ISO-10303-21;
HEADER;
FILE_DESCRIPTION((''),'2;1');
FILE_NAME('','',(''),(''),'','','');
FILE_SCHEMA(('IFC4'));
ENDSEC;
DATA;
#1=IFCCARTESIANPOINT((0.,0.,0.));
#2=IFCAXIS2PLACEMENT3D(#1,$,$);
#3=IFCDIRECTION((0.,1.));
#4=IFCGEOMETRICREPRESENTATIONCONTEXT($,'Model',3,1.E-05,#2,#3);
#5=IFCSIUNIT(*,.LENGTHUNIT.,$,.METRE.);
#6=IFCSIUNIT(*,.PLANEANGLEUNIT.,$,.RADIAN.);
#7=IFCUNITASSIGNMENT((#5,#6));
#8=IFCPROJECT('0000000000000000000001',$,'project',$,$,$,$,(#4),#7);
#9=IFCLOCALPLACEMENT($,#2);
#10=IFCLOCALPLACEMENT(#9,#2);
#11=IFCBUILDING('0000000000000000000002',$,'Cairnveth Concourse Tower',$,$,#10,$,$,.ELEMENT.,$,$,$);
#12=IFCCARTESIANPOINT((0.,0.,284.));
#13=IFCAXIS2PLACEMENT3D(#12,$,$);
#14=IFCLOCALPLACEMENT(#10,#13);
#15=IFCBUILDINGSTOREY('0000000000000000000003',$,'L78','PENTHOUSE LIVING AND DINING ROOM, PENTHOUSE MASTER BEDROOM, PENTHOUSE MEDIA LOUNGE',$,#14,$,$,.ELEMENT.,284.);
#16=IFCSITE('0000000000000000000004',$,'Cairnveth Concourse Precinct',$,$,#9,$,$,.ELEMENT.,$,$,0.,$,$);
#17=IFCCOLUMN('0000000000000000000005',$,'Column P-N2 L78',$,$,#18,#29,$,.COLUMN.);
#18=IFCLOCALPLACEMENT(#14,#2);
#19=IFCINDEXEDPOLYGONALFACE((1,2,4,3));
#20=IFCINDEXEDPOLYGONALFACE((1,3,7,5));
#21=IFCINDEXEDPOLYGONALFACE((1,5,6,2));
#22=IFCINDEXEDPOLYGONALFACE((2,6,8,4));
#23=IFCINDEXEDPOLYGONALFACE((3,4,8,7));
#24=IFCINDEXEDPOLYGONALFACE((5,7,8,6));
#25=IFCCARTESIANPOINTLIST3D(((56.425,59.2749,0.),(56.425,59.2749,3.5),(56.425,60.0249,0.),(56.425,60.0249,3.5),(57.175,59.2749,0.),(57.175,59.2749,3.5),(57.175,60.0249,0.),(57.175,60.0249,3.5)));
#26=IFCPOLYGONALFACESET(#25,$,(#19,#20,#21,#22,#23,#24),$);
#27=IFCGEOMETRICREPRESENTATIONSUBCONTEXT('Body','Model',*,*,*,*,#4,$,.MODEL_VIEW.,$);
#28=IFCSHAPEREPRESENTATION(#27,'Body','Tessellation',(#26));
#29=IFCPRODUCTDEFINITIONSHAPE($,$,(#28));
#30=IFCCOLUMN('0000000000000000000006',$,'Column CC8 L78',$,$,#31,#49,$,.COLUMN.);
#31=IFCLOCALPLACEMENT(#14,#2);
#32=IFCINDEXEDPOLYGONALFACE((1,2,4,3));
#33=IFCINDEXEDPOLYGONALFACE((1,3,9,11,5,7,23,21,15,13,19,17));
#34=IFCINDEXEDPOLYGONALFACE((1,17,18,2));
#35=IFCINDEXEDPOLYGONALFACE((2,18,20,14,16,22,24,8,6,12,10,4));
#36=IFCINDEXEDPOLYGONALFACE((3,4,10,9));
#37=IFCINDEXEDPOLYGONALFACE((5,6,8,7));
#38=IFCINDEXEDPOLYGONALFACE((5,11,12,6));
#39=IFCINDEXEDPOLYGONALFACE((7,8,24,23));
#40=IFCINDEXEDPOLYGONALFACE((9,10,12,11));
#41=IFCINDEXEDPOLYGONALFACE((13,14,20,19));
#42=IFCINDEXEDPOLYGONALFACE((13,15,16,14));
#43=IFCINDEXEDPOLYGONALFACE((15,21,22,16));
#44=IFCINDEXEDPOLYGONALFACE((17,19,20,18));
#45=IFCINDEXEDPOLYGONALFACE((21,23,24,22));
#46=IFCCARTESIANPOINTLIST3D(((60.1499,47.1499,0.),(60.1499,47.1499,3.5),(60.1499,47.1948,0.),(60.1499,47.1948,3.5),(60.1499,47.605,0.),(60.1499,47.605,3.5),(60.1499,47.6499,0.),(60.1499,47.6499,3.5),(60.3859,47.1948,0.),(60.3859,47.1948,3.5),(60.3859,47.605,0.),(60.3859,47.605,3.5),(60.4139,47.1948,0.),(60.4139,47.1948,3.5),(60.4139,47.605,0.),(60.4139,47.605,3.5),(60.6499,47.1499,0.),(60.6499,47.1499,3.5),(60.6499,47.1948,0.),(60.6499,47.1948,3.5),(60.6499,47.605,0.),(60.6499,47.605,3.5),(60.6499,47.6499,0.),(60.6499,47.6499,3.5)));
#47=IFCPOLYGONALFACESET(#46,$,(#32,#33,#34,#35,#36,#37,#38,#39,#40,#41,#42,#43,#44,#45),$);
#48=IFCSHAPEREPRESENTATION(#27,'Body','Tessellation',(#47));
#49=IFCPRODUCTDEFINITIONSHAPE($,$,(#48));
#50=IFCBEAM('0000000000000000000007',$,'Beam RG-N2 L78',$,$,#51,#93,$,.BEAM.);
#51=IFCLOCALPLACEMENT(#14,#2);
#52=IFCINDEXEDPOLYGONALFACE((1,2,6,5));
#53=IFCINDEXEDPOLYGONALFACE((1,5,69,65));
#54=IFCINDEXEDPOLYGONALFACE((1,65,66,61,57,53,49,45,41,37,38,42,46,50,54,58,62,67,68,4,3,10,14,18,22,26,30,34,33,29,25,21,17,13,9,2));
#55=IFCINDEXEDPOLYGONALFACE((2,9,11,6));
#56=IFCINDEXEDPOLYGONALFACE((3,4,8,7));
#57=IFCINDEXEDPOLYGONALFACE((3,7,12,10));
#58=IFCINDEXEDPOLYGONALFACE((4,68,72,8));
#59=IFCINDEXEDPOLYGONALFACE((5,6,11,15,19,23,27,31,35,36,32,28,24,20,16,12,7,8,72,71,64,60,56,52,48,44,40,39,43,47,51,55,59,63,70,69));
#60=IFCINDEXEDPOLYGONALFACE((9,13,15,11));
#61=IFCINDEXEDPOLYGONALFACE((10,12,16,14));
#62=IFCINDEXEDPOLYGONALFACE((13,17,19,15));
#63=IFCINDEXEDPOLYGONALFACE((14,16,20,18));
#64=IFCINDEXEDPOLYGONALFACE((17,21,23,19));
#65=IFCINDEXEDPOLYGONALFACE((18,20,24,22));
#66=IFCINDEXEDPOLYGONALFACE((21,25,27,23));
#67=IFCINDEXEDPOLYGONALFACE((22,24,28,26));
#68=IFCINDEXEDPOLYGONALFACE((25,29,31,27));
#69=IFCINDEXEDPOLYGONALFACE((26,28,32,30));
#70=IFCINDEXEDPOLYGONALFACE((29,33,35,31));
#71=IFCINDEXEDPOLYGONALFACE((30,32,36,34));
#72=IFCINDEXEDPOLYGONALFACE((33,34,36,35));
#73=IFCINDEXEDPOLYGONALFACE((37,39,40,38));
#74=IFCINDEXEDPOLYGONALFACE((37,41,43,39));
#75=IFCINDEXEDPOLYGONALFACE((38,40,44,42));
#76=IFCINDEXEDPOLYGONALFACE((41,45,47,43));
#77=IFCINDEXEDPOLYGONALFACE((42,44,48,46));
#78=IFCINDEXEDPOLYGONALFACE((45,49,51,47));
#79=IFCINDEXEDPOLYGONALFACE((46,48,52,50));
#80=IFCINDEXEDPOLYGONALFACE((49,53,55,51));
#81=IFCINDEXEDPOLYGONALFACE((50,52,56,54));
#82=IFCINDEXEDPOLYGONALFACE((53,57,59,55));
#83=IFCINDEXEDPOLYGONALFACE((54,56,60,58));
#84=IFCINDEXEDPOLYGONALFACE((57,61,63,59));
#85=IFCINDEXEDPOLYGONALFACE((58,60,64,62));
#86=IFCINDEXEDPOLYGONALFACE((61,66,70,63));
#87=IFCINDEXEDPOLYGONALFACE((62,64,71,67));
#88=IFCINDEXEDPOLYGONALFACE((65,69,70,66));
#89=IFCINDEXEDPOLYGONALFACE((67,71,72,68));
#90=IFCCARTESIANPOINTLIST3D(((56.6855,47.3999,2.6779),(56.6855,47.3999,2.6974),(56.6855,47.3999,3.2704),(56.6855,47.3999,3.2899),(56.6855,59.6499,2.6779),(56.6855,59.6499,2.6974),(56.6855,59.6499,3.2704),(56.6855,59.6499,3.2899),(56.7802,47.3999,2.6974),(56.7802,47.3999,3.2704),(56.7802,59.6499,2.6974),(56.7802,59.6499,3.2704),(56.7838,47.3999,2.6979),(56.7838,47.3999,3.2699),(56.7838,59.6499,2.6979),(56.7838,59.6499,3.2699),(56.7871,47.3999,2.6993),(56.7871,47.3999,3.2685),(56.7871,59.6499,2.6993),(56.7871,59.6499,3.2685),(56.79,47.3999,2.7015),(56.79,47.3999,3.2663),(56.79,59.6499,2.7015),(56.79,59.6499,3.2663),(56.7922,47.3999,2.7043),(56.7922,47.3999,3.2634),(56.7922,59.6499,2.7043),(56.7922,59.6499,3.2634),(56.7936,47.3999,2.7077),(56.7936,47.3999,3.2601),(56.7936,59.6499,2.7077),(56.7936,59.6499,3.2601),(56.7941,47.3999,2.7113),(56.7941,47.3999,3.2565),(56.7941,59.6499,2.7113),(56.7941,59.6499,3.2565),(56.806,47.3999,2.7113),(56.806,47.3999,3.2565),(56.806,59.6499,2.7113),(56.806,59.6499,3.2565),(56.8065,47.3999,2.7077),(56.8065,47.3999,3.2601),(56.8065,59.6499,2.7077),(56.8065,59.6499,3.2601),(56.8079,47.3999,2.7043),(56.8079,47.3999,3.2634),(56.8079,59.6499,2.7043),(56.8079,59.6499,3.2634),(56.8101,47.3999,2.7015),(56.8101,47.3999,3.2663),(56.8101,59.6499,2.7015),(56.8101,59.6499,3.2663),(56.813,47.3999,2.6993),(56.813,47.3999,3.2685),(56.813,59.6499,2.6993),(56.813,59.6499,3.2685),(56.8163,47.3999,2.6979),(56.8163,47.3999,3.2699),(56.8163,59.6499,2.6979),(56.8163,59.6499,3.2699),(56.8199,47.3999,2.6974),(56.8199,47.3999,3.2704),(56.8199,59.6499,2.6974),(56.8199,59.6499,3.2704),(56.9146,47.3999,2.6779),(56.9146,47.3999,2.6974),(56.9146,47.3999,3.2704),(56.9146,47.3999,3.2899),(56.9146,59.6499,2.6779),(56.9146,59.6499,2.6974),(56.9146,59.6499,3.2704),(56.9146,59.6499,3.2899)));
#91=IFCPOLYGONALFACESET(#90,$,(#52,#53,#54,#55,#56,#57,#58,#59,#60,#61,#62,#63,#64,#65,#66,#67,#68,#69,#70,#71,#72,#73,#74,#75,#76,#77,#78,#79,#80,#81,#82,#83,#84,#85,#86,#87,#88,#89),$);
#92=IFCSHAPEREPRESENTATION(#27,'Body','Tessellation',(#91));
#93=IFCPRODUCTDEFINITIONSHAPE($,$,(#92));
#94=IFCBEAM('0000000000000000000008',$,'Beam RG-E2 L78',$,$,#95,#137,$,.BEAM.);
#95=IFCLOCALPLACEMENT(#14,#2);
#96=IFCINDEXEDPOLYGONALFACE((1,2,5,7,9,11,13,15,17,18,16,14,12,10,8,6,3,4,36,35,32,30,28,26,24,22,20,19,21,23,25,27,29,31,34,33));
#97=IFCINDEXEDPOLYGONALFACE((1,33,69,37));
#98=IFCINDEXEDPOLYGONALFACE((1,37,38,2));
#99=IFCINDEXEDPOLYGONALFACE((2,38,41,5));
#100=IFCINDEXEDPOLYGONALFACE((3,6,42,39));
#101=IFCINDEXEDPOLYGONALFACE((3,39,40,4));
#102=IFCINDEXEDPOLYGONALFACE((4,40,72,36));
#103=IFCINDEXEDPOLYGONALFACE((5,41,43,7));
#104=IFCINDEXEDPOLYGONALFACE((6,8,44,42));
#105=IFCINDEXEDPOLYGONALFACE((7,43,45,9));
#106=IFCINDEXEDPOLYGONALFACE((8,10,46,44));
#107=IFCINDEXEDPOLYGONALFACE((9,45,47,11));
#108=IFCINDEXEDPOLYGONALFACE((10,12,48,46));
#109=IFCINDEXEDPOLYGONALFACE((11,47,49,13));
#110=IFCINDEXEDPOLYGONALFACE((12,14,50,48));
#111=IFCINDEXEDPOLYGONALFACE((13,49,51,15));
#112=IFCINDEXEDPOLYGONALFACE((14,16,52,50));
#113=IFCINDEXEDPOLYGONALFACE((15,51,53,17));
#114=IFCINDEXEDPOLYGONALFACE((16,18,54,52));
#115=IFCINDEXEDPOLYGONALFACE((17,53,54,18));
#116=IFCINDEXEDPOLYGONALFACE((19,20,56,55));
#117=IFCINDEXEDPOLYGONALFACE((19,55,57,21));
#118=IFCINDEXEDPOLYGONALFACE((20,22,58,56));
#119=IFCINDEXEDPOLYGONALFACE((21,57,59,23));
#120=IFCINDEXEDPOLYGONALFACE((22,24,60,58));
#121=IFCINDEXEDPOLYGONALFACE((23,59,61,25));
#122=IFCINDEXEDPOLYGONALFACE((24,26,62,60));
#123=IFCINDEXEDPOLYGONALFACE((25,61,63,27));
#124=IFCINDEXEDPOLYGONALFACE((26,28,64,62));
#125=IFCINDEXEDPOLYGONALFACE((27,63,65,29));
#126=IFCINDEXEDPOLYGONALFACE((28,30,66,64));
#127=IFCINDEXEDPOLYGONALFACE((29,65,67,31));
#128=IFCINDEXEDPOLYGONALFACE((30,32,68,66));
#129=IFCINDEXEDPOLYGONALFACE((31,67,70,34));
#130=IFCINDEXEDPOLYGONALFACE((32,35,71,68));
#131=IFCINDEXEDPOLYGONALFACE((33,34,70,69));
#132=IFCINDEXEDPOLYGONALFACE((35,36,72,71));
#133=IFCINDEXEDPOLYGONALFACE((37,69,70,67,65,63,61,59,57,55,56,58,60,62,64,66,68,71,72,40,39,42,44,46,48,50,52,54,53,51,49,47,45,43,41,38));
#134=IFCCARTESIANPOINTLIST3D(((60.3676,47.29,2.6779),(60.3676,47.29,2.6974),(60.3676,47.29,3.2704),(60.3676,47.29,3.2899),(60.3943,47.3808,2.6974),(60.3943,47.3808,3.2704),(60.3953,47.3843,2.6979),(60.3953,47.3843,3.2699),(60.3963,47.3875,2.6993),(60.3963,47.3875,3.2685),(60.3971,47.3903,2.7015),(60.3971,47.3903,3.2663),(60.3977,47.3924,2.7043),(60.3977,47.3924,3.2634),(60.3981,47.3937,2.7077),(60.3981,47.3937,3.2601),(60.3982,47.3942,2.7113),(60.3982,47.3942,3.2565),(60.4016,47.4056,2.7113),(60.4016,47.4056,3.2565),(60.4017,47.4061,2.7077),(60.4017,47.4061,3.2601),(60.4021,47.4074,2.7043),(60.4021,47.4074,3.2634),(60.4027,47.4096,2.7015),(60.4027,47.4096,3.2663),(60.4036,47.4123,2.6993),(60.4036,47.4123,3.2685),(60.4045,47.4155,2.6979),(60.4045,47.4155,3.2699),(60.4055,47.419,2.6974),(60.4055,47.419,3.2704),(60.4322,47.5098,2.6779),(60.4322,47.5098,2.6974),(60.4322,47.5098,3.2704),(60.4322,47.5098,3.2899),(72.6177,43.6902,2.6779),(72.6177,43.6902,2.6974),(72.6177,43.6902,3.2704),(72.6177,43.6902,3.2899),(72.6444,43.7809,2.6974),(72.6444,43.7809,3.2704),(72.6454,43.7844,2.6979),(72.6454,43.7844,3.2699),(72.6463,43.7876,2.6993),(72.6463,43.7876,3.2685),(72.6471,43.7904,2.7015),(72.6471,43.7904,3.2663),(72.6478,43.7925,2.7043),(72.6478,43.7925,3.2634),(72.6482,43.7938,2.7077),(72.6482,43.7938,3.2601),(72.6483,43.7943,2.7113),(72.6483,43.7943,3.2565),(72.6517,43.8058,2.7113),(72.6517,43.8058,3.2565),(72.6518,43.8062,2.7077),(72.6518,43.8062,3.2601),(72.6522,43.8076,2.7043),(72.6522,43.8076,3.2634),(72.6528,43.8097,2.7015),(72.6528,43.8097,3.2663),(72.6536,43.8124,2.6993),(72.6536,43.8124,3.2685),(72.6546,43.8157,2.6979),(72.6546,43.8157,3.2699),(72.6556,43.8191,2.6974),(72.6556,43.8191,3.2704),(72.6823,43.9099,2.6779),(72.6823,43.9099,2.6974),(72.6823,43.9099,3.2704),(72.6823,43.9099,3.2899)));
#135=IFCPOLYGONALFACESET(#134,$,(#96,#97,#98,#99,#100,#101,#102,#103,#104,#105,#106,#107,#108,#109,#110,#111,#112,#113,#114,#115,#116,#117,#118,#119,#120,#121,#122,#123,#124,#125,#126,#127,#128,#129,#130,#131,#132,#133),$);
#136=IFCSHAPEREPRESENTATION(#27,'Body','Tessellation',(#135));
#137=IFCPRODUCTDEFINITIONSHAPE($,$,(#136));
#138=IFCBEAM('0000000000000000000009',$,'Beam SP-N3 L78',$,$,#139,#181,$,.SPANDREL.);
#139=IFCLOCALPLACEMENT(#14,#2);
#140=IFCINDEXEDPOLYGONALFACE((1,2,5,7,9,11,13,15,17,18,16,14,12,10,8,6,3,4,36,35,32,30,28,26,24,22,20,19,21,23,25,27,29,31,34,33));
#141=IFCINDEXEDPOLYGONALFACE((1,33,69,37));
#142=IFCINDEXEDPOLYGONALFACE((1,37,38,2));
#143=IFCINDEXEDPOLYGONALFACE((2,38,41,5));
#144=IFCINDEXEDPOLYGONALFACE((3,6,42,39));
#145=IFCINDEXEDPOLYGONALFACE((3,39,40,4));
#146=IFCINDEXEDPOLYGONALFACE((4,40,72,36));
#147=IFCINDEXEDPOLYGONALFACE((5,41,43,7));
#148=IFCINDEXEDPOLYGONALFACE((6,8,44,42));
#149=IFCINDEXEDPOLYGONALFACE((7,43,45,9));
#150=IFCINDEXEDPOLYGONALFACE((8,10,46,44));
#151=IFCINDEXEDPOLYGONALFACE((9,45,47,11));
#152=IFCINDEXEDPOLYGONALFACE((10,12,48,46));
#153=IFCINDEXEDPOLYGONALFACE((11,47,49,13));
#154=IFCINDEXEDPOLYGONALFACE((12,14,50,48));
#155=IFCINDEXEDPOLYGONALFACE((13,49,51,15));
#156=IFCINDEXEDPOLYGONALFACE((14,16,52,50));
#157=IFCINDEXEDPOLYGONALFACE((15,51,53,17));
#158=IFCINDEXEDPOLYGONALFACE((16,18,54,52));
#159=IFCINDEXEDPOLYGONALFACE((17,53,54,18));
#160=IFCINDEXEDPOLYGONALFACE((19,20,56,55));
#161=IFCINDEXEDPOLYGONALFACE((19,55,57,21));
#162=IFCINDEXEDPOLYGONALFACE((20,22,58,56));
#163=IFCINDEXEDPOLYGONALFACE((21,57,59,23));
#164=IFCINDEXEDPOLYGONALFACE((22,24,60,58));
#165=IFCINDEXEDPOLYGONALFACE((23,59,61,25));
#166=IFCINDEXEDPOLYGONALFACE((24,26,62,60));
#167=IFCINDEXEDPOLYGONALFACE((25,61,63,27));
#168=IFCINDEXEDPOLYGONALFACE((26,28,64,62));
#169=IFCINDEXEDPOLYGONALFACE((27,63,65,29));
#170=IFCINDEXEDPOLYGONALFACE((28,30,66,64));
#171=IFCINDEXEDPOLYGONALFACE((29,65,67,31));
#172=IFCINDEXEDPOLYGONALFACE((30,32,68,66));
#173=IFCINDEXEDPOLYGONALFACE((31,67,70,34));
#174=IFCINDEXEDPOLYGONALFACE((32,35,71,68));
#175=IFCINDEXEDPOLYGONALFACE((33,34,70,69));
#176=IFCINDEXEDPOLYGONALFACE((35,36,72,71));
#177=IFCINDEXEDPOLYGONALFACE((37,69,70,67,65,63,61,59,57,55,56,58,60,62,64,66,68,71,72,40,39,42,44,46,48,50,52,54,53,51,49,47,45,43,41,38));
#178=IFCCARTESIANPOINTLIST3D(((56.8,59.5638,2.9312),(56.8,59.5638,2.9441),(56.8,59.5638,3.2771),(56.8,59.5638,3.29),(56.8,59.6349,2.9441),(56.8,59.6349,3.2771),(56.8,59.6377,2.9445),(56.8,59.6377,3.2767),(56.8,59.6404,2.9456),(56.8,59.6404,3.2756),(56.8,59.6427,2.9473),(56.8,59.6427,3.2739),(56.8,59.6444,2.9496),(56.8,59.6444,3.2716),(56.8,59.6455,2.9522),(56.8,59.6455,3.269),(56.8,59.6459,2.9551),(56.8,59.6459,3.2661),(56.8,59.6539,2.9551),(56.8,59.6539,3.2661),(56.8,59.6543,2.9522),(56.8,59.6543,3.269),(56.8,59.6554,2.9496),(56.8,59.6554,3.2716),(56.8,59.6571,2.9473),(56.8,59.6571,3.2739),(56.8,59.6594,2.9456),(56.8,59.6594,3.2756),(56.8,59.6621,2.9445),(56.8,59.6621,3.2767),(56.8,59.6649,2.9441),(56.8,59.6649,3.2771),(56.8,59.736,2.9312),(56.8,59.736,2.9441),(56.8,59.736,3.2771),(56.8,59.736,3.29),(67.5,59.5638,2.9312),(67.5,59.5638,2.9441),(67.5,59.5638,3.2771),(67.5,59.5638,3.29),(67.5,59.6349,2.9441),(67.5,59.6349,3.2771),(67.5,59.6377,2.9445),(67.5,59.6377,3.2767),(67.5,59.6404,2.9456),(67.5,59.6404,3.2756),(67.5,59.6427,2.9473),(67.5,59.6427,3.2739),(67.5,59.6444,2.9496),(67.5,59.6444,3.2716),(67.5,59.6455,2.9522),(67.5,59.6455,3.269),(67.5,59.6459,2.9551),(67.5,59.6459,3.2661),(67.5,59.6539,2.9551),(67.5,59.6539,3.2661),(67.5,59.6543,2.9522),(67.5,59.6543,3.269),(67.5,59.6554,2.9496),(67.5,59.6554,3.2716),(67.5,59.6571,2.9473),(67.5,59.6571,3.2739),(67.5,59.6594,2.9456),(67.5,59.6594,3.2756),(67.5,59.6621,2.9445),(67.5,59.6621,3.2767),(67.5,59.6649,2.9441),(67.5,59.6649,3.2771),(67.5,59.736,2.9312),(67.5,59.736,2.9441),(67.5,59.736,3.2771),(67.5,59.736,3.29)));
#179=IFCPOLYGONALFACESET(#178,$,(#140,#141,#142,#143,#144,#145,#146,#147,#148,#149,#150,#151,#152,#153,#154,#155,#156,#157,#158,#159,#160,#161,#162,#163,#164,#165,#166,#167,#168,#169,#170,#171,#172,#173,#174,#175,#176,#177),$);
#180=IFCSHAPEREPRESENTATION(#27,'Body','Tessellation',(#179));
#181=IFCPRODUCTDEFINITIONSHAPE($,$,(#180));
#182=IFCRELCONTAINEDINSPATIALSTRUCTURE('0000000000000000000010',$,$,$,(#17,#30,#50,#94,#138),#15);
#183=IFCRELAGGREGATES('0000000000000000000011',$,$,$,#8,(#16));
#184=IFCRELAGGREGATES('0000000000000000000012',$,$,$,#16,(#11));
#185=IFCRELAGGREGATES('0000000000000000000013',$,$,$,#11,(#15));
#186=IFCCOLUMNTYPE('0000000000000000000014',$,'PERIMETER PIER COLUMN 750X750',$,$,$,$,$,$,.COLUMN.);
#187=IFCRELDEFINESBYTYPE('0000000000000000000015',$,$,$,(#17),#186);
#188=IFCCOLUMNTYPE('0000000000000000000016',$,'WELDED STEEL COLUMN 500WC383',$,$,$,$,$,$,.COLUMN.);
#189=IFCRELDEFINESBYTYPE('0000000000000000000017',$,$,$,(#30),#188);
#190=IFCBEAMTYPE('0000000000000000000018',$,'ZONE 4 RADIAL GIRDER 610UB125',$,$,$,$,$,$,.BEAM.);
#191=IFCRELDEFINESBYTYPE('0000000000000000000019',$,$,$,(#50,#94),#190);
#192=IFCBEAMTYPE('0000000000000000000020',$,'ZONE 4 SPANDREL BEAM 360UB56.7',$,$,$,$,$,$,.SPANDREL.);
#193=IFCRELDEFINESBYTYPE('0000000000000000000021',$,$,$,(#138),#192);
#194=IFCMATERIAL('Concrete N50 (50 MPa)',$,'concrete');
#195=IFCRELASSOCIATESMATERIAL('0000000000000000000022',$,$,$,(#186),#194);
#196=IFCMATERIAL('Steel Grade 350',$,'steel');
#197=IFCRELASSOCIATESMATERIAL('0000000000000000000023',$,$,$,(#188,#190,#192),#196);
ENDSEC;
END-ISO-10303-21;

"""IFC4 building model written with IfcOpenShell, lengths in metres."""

from ifc_helpers import new_model, si_unit, direction, frame, origin, origin_2d, place, context, subcontext, project, spatial, rectangle, i_section, extrude, material, material_profile, profile_set, type_object, element, save


model = new_model("IFC4")

# Units and contexts
model_context = context("Model", 3, precision=1e-05, world=origin(), true_north=direction((0.0, 1.0)))
body_context = subcontext(model_context, "Body", "Model", "MODEL_VIEW")
ifc_project = project(units=[si_unit("LENGTHUNIT", "METRE"), si_unit("PLANEANGLEUNIT", "RADIAN")], contexts=[model_context])

# Site, building, storey
site_placement = place(None, origin())
site = spatial("IfcSite", under=ifc_project, at=site_placement, Name="Cairnveth Concourse Precinct", CompositionType="ELEMENT", RefElevation=0.0)
building_placement = place(site_placement, origin())
building = spatial("IfcBuilding", under=site, at=building_placement, Name="Cairnveth Concourse Tower", CompositionType="ELEMENT")
storey_placement = place(building_placement, frame((0.0, 0.0, 284.0)))
storey = spatial("IfcBuildingStorey", under=building, at=storey_placement, Name="L78", Description="PENTHOUSE LIVING AND DINING ROOM, PENTHOUSE MASTER BEDROOM, PENTHOUSE MEDIA LOUNGE", CompositionType="ELEMENT", Elevation=284.0)

# Columns
ifc_material_1 = material(Name="Concrete N50 (50 MPa)", Category="concrete")
ifc_material_profile_1 = material_profile(ifc_material_1, rectangle(XDim=0.75, YDim=0.75, at=origin_2d()), Name="RC-COL-750x750")
ifc_profile_set_1 = profile_set([ifc_material_profile_1], Name="Concrete N50 (50 MPa)")
column_type_1 = type_object("IfcColumnType", Name="PERIMETER PIER COLUMN 750X750", PredefinedType="COLUMN", material=ifc_profile_set_1)
column_1_placement = place(storey_placement, frame((56.8, 59.6499, 0.0), z_axis=(0.0, 0.0, 1.0), x_axis=(1.0, 0.0, 0.0)))
element("IfcColumn", 1, at=column_1_placement, inside=storey, type_object=column_type_1, Name="Column P-N2 L78", PredefinedType="COLUMN", context=body_context, shape_type="SweptSolid", body=[
    extrude(rectangle(XDim=0.75, YDim=0.75, at=origin_2d()), origin(), (0.0, 0.0, 1.0), 3.5),
])
ifc_material_2 = material(Name="Steel Grade 350", Category="steel")
ifc_material_profile_2 = material_profile(ifc_material_2, i_section(OverallWidth=0.5, OverallDepth=0.5, WebThickness=0.0281, FlangeThickness=0.0449, at=origin_2d()), Name="500WC383")
ifc_profile_set_2 = profile_set([ifc_material_profile_2], Name="Steel Grade 350")
column_type_2 = type_object("IfcColumnType", Name="WELDED STEEL COLUMN 500WC383", PredefinedType="COLUMN", material=ifc_profile_set_2)
column_2_placement = place(storey_placement, frame((60.3999, 47.3999, 0.0), z_axis=(0.0, 0.0, 1.0), x_axis=(1.0, 0.0, 0.0)))
element("IfcColumn", 2, at=column_2_placement, inside=storey, type_object=column_type_2, Name="Column CC8 L78", PredefinedType="COLUMN", context=body_context, shape_type="SweptSolid", body=[
    extrude(i_section(OverallWidth=0.5, OverallDepth=0.5, WebThickness=0.0281, FlangeThickness=0.0449, at=origin_2d()), origin(), (0.0, 0.0, 1.0), 3.5),
])

# Beams
ifc_material_profile_3 = material_profile(ifc_material_2, i_section(OverallWidth=0.229, OverallDepth=0.6121, WebThickness=0.012, FlangeThickness=0.0195, FilletRadius=0.0139, at=origin_2d()), Name="610UB125")
ifc_profile_set_3 = profile_set([ifc_material_profile_3], Name="Steel Grade 350")
beam_type_1 = type_object("IfcBeamType", Name="ZONE 4 RADIAL GIRDER 610UB125", PredefinedType="BEAM", material=ifc_profile_set_3)
beam_1_placement = place(storey_placement, frame((56.8, 47.3999, 2.9839), z_axis=(0.0, 1.0, 0.0), x_axis=(-1.0, 0.0, 0.0)))
element("IfcBeam", 3, at=beam_1_placement, inside=storey, type_object=beam_type_1, Name="Beam RG-N2 L78", PredefinedType="BEAM", context=body_context, shape_type="SweptSolid", body=[
    extrude(i_section(OverallWidth=0.229, OverallDepth=0.6121, WebThickness=0.012, FlangeThickness=0.0195, FilletRadius=0.0139, at=origin_2d()), origin(), (0.0, 0.0, 1.0), 12.25),
])
beam_2_placement = place(storey_placement, frame((60.3999, 47.3999, 2.9839), z_axis=(0.959431, -0.281944, 0.0), x_axis=(0.281944, 0.959431, 0.0)))
element("IfcBeam", 4, at=beam_2_placement, inside=storey, type_object=beam_type_1, Name="Beam RG-E2 L78", PredefinedType="BEAM", context=body_context, shape_type="SweptSolid", body=[
    extrude(i_section(OverallWidth=0.229, OverallDepth=0.6121, WebThickness=0.012, FlangeThickness=0.0195, FilletRadius=0.0139, at=origin_2d()), origin(), (0.0, 0.0, 1.0), 12.7681),
])
ifc_material_profile_4 = material_profile(ifc_material_2, i_section(OverallWidth=0.1721, OverallDepth=0.3589, WebThickness=0.0081, FlangeThickness=0.0129, FilletRadius=0.011, at=origin_2d()), Name="360UB56.7")
ifc_profile_set_4 = profile_set([ifc_material_profile_4], Name="Steel Grade 350")
beam_type_2 = type_object("IfcBeamType", Name="ZONE 4 SPANDREL BEAM 360UB56.7", PredefinedType="SPANDREL", material=ifc_profile_set_4)
beam_3_placement = place(storey_placement, frame((56.8, 59.6499, 3.1106), z_axis=(1.0, 0.0, 0.0), x_axis=(0.0, 1.0, 0.0)))
element("IfcBeam", 5, at=beam_3_placement, inside=storey, type_object=beam_type_2, Name="Beam SP-N3 L78", PredefinedType="SPANDREL", context=body_context, shape_type="SweptSolid", body=[
    extrude(i_section(OverallWidth=0.1721, OverallDepth=0.3589, WebThickness=0.0081, FlangeThickness=0.0129, FilletRadius=0.011, at=origin_2d()), origin(), (0.0, 0.0, 1.0), 10.7),
])

save(model, "model.ifc")
